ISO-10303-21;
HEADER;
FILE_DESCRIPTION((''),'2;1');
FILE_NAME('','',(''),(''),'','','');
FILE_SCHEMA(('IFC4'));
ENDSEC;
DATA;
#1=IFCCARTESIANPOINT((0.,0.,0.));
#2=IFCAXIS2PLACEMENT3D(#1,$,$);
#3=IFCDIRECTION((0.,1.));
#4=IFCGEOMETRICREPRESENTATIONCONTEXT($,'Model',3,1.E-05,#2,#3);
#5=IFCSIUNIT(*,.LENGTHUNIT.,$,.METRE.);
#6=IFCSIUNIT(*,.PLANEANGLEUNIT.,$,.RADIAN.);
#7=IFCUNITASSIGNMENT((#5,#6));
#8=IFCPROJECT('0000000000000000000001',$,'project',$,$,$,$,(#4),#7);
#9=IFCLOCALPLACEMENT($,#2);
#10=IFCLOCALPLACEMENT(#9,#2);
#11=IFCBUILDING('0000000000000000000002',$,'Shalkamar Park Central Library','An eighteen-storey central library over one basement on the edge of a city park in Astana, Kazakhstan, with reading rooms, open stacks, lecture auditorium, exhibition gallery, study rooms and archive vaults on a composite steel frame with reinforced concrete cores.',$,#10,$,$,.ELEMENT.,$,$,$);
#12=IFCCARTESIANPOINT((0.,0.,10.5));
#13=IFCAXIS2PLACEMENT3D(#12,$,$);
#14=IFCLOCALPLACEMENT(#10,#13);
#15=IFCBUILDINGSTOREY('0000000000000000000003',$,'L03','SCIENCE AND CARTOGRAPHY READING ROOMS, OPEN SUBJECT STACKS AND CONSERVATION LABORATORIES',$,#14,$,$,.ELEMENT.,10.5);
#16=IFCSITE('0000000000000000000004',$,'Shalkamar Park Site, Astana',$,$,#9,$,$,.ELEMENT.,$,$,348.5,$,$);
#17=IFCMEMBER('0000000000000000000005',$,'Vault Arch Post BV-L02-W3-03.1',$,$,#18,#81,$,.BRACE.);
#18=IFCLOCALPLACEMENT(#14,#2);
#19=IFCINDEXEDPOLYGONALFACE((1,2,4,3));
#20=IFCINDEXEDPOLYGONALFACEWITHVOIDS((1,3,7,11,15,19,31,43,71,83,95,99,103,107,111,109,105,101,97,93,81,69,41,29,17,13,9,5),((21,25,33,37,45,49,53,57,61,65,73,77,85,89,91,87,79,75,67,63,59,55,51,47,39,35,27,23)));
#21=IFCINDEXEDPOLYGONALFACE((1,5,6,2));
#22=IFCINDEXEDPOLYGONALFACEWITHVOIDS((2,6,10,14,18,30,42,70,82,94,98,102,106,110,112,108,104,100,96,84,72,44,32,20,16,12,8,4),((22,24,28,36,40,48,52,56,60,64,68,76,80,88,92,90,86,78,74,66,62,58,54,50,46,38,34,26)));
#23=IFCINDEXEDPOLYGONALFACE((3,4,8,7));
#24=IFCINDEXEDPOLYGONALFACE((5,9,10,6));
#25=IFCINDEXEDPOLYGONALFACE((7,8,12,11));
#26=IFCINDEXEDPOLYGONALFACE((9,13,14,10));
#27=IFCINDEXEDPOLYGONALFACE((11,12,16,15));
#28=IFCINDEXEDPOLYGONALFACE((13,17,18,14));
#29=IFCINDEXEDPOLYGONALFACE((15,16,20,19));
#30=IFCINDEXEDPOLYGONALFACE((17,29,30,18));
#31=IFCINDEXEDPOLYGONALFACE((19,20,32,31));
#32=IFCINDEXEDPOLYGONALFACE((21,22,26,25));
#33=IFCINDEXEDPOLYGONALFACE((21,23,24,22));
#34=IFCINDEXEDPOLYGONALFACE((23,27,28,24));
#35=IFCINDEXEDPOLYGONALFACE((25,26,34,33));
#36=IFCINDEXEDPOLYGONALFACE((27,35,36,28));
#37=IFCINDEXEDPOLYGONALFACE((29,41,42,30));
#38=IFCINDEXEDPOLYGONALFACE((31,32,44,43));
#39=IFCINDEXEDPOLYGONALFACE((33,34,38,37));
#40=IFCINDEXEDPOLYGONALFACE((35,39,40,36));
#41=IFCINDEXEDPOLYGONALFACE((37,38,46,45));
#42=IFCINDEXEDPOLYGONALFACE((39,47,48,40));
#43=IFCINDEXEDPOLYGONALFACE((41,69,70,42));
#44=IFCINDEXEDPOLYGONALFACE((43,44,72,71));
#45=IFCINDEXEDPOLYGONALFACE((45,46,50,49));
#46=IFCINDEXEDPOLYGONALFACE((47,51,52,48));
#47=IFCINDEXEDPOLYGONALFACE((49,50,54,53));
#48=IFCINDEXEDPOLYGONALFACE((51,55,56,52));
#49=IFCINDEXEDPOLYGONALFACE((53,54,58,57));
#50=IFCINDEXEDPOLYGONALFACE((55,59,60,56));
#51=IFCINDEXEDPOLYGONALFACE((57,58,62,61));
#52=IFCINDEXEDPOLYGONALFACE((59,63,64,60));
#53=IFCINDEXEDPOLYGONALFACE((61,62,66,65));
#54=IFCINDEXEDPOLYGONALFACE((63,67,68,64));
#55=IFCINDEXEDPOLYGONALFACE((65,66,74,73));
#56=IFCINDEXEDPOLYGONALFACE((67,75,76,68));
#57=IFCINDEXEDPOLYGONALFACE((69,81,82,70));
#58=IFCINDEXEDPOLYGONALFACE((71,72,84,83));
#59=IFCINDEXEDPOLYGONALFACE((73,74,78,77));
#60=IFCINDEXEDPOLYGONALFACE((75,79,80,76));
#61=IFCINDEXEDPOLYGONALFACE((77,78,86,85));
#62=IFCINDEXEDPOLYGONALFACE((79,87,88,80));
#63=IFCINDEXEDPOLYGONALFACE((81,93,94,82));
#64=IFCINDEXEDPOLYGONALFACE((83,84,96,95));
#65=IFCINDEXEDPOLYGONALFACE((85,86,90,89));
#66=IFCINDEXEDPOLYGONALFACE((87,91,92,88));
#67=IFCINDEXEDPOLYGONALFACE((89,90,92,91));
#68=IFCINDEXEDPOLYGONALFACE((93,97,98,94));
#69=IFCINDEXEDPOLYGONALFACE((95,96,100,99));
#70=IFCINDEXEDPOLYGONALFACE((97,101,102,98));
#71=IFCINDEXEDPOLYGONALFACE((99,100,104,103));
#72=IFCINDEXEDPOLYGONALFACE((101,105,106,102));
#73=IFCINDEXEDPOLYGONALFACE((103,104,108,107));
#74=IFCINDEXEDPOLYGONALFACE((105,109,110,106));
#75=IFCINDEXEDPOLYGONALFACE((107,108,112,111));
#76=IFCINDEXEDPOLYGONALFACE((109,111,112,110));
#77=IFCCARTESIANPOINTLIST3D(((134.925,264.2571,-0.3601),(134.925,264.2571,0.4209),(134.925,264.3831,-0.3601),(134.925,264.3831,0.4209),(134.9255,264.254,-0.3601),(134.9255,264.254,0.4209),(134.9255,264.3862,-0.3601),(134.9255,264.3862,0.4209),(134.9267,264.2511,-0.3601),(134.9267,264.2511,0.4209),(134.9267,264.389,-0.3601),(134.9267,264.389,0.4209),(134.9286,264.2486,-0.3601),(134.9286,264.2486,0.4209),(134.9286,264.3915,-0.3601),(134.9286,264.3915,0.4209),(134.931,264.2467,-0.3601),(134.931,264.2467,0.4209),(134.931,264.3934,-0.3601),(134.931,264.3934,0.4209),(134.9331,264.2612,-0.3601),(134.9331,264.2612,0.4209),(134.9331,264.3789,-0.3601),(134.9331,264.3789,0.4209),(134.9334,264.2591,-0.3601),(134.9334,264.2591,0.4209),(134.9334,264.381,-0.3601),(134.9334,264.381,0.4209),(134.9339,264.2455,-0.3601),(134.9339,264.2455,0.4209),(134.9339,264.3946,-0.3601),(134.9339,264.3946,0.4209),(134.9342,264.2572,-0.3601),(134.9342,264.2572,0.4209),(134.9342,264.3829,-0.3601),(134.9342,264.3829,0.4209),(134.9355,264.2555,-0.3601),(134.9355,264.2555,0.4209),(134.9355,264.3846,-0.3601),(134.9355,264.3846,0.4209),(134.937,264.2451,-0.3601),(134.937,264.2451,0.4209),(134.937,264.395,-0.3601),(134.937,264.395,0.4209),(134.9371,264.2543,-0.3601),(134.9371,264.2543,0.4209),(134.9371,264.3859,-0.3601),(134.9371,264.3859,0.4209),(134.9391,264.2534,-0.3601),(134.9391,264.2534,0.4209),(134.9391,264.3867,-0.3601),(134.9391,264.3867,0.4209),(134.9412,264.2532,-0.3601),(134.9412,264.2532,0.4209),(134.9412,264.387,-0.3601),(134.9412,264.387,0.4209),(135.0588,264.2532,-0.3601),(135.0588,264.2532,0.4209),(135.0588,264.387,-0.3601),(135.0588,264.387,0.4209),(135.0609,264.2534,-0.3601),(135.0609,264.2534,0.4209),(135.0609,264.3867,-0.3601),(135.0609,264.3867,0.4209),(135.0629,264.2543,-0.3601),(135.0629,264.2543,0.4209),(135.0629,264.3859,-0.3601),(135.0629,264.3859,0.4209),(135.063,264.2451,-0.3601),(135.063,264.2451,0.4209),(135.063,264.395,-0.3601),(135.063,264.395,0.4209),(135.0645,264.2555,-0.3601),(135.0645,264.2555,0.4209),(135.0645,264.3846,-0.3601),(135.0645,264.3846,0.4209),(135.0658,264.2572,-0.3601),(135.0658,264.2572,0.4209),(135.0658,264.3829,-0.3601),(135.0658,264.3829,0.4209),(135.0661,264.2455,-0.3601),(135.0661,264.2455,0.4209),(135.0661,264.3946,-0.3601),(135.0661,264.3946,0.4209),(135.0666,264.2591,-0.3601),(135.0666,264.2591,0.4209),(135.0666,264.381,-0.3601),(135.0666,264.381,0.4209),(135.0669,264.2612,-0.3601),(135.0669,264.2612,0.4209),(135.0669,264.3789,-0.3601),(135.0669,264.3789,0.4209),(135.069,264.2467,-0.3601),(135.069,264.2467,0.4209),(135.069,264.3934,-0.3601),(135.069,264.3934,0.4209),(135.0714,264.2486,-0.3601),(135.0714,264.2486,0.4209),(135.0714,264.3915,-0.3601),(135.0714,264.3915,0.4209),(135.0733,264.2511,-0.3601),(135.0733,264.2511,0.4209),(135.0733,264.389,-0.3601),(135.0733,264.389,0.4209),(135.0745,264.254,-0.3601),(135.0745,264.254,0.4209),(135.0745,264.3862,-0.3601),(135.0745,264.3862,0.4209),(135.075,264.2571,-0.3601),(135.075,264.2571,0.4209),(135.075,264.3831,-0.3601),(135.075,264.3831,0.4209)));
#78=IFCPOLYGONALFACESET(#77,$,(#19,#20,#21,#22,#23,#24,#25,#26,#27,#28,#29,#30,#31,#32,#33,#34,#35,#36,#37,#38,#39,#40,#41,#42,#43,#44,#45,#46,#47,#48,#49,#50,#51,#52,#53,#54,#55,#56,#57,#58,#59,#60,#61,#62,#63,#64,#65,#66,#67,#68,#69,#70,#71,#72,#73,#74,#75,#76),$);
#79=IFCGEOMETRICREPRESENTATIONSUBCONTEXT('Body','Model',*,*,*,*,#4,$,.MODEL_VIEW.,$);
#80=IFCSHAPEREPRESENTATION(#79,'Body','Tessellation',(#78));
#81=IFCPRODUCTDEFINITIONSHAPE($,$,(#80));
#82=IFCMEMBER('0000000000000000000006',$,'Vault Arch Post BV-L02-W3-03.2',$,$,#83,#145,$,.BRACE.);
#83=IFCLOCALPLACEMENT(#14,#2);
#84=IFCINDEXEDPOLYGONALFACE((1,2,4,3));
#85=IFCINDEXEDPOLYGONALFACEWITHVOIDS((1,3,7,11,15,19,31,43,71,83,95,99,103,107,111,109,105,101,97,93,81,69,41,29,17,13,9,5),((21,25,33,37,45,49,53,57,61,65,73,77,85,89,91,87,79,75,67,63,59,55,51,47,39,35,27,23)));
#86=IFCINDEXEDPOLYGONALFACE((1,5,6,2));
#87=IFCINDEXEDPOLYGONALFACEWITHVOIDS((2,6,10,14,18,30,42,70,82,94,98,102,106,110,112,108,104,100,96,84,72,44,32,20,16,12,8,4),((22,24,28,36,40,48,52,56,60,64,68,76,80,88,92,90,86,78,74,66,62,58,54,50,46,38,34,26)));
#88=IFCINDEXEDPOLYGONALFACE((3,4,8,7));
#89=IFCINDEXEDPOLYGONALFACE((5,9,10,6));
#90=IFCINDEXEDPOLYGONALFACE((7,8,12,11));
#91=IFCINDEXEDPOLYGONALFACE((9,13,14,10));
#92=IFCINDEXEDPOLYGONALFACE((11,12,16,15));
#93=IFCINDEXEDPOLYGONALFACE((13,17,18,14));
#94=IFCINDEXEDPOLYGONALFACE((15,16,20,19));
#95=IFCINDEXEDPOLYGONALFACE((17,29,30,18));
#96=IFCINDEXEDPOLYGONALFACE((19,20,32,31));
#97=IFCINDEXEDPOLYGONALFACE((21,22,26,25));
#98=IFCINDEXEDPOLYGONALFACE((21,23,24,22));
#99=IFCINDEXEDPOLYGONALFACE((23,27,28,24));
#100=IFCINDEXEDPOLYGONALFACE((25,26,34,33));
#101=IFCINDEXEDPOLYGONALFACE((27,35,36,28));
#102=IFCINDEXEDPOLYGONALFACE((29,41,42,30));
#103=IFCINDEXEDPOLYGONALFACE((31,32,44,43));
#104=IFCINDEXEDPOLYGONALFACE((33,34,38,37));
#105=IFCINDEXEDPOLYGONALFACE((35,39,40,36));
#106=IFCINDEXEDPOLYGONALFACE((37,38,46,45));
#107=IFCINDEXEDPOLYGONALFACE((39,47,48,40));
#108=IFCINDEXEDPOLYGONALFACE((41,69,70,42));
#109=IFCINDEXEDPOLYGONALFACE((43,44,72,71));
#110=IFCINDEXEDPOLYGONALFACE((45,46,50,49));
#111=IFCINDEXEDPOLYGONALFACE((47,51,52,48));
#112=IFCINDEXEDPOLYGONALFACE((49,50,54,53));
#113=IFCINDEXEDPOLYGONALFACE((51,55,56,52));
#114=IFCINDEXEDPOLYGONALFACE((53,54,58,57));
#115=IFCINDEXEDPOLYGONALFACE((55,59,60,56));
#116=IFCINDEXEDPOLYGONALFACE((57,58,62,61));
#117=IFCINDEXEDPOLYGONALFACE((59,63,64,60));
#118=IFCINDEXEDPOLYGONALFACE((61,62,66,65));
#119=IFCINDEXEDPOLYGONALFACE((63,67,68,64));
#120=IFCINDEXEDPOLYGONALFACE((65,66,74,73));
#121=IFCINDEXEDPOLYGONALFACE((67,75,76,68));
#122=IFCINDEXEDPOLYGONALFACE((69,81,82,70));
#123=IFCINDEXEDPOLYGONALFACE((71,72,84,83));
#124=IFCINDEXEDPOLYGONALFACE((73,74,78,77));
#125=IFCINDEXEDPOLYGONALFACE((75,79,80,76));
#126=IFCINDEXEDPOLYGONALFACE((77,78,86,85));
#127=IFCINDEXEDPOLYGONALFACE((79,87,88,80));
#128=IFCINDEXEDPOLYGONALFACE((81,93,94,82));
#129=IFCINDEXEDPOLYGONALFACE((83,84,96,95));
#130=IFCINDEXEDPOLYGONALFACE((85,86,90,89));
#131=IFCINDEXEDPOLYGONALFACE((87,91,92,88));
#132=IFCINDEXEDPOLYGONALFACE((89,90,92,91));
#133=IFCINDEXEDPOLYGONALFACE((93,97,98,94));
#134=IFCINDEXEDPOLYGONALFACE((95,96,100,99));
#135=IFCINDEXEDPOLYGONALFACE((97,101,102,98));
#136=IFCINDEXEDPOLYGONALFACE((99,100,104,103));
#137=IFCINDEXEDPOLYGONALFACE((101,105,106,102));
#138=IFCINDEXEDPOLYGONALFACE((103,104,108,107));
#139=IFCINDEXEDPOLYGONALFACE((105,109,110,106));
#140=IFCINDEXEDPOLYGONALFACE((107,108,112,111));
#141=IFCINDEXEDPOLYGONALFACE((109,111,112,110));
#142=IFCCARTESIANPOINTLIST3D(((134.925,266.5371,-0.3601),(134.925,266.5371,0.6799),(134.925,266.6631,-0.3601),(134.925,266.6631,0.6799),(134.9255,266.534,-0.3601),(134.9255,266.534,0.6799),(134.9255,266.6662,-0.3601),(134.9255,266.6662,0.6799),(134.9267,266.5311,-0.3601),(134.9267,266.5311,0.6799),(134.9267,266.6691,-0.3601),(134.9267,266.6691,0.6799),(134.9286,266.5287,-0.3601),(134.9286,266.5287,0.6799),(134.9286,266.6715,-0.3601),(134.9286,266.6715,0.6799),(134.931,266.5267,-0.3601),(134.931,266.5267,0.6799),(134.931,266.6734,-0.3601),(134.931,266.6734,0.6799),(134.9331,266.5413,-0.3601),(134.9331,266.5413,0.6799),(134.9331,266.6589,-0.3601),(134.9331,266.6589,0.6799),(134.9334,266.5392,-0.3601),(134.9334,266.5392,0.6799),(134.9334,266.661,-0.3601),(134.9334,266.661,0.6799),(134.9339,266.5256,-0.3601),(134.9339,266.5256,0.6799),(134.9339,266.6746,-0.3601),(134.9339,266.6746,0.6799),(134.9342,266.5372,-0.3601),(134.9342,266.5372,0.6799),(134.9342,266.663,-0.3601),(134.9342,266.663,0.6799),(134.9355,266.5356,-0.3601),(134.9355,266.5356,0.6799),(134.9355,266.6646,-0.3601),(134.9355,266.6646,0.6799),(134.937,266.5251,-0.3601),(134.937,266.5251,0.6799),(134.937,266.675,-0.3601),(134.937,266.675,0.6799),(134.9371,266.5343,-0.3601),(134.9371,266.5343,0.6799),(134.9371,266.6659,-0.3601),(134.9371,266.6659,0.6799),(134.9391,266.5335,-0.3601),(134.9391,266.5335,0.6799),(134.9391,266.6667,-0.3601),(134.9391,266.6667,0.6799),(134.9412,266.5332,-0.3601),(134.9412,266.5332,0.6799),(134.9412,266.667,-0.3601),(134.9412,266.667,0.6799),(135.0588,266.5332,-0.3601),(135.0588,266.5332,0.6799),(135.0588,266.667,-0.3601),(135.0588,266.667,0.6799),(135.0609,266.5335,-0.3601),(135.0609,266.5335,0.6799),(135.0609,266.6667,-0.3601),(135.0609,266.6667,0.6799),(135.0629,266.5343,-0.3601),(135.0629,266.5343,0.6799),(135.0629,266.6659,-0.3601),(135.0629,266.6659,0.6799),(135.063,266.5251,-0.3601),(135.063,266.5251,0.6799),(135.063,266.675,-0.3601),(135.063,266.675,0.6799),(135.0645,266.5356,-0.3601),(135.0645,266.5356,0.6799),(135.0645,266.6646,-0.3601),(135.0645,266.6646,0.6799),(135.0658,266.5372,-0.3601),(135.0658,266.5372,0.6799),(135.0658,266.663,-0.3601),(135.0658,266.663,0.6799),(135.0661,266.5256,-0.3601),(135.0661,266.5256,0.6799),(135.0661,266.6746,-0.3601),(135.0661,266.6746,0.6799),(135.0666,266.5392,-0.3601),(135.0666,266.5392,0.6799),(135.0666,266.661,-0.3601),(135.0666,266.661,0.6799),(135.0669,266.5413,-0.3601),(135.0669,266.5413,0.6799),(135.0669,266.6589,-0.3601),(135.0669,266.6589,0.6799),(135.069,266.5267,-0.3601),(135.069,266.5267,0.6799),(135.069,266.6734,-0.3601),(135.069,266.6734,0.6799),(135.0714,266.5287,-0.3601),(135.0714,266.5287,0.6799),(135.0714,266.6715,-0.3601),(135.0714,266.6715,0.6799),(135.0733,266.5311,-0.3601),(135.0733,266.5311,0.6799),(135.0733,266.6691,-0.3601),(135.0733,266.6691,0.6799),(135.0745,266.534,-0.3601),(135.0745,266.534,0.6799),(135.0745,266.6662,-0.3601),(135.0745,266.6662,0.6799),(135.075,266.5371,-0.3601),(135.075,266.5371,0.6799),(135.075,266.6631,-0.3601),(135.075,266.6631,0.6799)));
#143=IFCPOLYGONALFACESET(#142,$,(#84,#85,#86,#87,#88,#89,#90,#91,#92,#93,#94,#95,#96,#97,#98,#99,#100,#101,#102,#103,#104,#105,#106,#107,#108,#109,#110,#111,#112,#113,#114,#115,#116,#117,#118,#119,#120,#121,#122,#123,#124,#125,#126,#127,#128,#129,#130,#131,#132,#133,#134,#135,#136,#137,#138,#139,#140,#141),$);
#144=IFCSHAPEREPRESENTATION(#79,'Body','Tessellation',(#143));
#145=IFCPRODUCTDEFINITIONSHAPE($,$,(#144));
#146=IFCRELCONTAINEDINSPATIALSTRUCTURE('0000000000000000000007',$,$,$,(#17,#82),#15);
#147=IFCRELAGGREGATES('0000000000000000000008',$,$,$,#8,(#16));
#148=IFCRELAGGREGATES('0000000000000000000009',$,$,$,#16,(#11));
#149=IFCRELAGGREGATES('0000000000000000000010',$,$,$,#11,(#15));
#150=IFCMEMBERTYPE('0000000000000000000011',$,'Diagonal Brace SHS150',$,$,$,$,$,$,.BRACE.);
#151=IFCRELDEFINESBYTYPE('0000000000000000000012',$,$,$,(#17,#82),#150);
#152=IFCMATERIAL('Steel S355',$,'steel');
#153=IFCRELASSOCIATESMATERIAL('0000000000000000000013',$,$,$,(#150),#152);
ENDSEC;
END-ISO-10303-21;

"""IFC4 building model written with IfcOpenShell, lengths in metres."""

from ifc_helpers import new_model, si_unit, direction, frame, origin, origin_2d, place, context, subcontext, project, spatial, hollow_rectangle, extrude, material, material_profile, profile_set, type_object, element, save


model = new_model("IFC4")

# Units and contexts
model_context = context("Model", 3, precision=1e-05, world=origin(), true_north=direction((0.0, 1.0)))
body_context = subcontext(model_context, "Body", "Model", "MODEL_VIEW")
ifc_project = project(units=[si_unit("LENGTHUNIT", "METRE"), si_unit("PLANEANGLEUNIT", "RADIAN")], contexts=[model_context])

# Site, building, storey
site_placement = place(None, origin())
site = spatial("IfcSite", under=ifc_project, at=site_placement, Name="Shalkamar Park Site, Astana", CompositionType="ELEMENT", RefElevation=348.5)
building_placement = place(site_placement, origin())
building = spatial("IfcBuilding", under=site, at=building_placement, Name="Shalkamar Park Central Library", Description="An eighteen-storey central library over one basement on the edge of a city park in Astana, Kazakhstan, with reading rooms, open stacks, lecture auditorium, exhibition gallery, study rooms and archive vaults on a composite steel frame with reinforced concrete cores.", CompositionType="ELEMENT")
storey_placement = place(building_placement, frame((0.0, 0.0, 10.5)))
storey = spatial("IfcBuildingStorey", under=building, at=storey_placement, Name="L03", Description="SCIENCE AND CARTOGRAPHY READING ROOMS, OPEN SUBJECT STACKS AND CONSERVATION LABORATORIES", CompositionType="ELEMENT", Elevation=10.5)

# Members
ifc_material_1 = material(Name="Steel S355", Category="steel")
ifc_material_profile_1 = material_profile(ifc_material_1, hollow_rectangle(XDim=0.1499, YDim=0.1499, WallThickness=0.0081, InnerFilletRadius=0.0081, OuterFilletRadius=0.012, at=origin_2d()), Name="SHS 150x150x8")
ifc_profile_set_1 = profile_set([ifc_material_profile_1], Name="Steel S355")
member_type_1 = type_object("IfcMemberType", Name="Diagonal Brace SHS150", PredefinedType="BRACE", material=ifc_profile_set_1)
member_1_placement = place(storey_placement, frame((135.0, 264.3201, -0.3601), z_axis=(0.0, 0.0, 1.0), x_axis=(1.0, 0.0, 0.0)))
element("IfcMember", 1, at=member_1_placement, inside=storey, type_object=member_type_1, Name="Vault Arch Post BV-L02-W3-03.1", PredefinedType="BRACE", context=body_context, shape_type="SweptSolid", body=[
    extrude(hollow_rectangle(XDim=0.1499, YDim=0.1499, WallThickness=0.0081, InnerFilletRadius=0.0081, OuterFilletRadius=0.012, at=origin_2d()), origin(), (0.0, 0.0, 1.0), 0.781),
])
member_2_placement = place(storey_placement, frame((135.0, 266.6001, -0.3601), z_axis=(0.0, 0.0, 1.0), x_axis=(1.0, 0.0, 0.0)))
element("IfcMember", 2, at=member_2_placement, inside=storey, type_object=member_type_1, Name="Vault Arch Post BV-L02-W3-03.2", PredefinedType="BRACE", context=body_context, shape_type="SweptSolid", body=[
    extrude(hollow_rectangle(XDim=0.1499, YDim=0.1499, WallThickness=0.0081, InnerFilletRadius=0.0081, OuterFilletRadius=0.012, at=origin_2d()), origin(), (0.0, 0.0, 1.0), 1.04),
])

save(model, "model.ifc")
